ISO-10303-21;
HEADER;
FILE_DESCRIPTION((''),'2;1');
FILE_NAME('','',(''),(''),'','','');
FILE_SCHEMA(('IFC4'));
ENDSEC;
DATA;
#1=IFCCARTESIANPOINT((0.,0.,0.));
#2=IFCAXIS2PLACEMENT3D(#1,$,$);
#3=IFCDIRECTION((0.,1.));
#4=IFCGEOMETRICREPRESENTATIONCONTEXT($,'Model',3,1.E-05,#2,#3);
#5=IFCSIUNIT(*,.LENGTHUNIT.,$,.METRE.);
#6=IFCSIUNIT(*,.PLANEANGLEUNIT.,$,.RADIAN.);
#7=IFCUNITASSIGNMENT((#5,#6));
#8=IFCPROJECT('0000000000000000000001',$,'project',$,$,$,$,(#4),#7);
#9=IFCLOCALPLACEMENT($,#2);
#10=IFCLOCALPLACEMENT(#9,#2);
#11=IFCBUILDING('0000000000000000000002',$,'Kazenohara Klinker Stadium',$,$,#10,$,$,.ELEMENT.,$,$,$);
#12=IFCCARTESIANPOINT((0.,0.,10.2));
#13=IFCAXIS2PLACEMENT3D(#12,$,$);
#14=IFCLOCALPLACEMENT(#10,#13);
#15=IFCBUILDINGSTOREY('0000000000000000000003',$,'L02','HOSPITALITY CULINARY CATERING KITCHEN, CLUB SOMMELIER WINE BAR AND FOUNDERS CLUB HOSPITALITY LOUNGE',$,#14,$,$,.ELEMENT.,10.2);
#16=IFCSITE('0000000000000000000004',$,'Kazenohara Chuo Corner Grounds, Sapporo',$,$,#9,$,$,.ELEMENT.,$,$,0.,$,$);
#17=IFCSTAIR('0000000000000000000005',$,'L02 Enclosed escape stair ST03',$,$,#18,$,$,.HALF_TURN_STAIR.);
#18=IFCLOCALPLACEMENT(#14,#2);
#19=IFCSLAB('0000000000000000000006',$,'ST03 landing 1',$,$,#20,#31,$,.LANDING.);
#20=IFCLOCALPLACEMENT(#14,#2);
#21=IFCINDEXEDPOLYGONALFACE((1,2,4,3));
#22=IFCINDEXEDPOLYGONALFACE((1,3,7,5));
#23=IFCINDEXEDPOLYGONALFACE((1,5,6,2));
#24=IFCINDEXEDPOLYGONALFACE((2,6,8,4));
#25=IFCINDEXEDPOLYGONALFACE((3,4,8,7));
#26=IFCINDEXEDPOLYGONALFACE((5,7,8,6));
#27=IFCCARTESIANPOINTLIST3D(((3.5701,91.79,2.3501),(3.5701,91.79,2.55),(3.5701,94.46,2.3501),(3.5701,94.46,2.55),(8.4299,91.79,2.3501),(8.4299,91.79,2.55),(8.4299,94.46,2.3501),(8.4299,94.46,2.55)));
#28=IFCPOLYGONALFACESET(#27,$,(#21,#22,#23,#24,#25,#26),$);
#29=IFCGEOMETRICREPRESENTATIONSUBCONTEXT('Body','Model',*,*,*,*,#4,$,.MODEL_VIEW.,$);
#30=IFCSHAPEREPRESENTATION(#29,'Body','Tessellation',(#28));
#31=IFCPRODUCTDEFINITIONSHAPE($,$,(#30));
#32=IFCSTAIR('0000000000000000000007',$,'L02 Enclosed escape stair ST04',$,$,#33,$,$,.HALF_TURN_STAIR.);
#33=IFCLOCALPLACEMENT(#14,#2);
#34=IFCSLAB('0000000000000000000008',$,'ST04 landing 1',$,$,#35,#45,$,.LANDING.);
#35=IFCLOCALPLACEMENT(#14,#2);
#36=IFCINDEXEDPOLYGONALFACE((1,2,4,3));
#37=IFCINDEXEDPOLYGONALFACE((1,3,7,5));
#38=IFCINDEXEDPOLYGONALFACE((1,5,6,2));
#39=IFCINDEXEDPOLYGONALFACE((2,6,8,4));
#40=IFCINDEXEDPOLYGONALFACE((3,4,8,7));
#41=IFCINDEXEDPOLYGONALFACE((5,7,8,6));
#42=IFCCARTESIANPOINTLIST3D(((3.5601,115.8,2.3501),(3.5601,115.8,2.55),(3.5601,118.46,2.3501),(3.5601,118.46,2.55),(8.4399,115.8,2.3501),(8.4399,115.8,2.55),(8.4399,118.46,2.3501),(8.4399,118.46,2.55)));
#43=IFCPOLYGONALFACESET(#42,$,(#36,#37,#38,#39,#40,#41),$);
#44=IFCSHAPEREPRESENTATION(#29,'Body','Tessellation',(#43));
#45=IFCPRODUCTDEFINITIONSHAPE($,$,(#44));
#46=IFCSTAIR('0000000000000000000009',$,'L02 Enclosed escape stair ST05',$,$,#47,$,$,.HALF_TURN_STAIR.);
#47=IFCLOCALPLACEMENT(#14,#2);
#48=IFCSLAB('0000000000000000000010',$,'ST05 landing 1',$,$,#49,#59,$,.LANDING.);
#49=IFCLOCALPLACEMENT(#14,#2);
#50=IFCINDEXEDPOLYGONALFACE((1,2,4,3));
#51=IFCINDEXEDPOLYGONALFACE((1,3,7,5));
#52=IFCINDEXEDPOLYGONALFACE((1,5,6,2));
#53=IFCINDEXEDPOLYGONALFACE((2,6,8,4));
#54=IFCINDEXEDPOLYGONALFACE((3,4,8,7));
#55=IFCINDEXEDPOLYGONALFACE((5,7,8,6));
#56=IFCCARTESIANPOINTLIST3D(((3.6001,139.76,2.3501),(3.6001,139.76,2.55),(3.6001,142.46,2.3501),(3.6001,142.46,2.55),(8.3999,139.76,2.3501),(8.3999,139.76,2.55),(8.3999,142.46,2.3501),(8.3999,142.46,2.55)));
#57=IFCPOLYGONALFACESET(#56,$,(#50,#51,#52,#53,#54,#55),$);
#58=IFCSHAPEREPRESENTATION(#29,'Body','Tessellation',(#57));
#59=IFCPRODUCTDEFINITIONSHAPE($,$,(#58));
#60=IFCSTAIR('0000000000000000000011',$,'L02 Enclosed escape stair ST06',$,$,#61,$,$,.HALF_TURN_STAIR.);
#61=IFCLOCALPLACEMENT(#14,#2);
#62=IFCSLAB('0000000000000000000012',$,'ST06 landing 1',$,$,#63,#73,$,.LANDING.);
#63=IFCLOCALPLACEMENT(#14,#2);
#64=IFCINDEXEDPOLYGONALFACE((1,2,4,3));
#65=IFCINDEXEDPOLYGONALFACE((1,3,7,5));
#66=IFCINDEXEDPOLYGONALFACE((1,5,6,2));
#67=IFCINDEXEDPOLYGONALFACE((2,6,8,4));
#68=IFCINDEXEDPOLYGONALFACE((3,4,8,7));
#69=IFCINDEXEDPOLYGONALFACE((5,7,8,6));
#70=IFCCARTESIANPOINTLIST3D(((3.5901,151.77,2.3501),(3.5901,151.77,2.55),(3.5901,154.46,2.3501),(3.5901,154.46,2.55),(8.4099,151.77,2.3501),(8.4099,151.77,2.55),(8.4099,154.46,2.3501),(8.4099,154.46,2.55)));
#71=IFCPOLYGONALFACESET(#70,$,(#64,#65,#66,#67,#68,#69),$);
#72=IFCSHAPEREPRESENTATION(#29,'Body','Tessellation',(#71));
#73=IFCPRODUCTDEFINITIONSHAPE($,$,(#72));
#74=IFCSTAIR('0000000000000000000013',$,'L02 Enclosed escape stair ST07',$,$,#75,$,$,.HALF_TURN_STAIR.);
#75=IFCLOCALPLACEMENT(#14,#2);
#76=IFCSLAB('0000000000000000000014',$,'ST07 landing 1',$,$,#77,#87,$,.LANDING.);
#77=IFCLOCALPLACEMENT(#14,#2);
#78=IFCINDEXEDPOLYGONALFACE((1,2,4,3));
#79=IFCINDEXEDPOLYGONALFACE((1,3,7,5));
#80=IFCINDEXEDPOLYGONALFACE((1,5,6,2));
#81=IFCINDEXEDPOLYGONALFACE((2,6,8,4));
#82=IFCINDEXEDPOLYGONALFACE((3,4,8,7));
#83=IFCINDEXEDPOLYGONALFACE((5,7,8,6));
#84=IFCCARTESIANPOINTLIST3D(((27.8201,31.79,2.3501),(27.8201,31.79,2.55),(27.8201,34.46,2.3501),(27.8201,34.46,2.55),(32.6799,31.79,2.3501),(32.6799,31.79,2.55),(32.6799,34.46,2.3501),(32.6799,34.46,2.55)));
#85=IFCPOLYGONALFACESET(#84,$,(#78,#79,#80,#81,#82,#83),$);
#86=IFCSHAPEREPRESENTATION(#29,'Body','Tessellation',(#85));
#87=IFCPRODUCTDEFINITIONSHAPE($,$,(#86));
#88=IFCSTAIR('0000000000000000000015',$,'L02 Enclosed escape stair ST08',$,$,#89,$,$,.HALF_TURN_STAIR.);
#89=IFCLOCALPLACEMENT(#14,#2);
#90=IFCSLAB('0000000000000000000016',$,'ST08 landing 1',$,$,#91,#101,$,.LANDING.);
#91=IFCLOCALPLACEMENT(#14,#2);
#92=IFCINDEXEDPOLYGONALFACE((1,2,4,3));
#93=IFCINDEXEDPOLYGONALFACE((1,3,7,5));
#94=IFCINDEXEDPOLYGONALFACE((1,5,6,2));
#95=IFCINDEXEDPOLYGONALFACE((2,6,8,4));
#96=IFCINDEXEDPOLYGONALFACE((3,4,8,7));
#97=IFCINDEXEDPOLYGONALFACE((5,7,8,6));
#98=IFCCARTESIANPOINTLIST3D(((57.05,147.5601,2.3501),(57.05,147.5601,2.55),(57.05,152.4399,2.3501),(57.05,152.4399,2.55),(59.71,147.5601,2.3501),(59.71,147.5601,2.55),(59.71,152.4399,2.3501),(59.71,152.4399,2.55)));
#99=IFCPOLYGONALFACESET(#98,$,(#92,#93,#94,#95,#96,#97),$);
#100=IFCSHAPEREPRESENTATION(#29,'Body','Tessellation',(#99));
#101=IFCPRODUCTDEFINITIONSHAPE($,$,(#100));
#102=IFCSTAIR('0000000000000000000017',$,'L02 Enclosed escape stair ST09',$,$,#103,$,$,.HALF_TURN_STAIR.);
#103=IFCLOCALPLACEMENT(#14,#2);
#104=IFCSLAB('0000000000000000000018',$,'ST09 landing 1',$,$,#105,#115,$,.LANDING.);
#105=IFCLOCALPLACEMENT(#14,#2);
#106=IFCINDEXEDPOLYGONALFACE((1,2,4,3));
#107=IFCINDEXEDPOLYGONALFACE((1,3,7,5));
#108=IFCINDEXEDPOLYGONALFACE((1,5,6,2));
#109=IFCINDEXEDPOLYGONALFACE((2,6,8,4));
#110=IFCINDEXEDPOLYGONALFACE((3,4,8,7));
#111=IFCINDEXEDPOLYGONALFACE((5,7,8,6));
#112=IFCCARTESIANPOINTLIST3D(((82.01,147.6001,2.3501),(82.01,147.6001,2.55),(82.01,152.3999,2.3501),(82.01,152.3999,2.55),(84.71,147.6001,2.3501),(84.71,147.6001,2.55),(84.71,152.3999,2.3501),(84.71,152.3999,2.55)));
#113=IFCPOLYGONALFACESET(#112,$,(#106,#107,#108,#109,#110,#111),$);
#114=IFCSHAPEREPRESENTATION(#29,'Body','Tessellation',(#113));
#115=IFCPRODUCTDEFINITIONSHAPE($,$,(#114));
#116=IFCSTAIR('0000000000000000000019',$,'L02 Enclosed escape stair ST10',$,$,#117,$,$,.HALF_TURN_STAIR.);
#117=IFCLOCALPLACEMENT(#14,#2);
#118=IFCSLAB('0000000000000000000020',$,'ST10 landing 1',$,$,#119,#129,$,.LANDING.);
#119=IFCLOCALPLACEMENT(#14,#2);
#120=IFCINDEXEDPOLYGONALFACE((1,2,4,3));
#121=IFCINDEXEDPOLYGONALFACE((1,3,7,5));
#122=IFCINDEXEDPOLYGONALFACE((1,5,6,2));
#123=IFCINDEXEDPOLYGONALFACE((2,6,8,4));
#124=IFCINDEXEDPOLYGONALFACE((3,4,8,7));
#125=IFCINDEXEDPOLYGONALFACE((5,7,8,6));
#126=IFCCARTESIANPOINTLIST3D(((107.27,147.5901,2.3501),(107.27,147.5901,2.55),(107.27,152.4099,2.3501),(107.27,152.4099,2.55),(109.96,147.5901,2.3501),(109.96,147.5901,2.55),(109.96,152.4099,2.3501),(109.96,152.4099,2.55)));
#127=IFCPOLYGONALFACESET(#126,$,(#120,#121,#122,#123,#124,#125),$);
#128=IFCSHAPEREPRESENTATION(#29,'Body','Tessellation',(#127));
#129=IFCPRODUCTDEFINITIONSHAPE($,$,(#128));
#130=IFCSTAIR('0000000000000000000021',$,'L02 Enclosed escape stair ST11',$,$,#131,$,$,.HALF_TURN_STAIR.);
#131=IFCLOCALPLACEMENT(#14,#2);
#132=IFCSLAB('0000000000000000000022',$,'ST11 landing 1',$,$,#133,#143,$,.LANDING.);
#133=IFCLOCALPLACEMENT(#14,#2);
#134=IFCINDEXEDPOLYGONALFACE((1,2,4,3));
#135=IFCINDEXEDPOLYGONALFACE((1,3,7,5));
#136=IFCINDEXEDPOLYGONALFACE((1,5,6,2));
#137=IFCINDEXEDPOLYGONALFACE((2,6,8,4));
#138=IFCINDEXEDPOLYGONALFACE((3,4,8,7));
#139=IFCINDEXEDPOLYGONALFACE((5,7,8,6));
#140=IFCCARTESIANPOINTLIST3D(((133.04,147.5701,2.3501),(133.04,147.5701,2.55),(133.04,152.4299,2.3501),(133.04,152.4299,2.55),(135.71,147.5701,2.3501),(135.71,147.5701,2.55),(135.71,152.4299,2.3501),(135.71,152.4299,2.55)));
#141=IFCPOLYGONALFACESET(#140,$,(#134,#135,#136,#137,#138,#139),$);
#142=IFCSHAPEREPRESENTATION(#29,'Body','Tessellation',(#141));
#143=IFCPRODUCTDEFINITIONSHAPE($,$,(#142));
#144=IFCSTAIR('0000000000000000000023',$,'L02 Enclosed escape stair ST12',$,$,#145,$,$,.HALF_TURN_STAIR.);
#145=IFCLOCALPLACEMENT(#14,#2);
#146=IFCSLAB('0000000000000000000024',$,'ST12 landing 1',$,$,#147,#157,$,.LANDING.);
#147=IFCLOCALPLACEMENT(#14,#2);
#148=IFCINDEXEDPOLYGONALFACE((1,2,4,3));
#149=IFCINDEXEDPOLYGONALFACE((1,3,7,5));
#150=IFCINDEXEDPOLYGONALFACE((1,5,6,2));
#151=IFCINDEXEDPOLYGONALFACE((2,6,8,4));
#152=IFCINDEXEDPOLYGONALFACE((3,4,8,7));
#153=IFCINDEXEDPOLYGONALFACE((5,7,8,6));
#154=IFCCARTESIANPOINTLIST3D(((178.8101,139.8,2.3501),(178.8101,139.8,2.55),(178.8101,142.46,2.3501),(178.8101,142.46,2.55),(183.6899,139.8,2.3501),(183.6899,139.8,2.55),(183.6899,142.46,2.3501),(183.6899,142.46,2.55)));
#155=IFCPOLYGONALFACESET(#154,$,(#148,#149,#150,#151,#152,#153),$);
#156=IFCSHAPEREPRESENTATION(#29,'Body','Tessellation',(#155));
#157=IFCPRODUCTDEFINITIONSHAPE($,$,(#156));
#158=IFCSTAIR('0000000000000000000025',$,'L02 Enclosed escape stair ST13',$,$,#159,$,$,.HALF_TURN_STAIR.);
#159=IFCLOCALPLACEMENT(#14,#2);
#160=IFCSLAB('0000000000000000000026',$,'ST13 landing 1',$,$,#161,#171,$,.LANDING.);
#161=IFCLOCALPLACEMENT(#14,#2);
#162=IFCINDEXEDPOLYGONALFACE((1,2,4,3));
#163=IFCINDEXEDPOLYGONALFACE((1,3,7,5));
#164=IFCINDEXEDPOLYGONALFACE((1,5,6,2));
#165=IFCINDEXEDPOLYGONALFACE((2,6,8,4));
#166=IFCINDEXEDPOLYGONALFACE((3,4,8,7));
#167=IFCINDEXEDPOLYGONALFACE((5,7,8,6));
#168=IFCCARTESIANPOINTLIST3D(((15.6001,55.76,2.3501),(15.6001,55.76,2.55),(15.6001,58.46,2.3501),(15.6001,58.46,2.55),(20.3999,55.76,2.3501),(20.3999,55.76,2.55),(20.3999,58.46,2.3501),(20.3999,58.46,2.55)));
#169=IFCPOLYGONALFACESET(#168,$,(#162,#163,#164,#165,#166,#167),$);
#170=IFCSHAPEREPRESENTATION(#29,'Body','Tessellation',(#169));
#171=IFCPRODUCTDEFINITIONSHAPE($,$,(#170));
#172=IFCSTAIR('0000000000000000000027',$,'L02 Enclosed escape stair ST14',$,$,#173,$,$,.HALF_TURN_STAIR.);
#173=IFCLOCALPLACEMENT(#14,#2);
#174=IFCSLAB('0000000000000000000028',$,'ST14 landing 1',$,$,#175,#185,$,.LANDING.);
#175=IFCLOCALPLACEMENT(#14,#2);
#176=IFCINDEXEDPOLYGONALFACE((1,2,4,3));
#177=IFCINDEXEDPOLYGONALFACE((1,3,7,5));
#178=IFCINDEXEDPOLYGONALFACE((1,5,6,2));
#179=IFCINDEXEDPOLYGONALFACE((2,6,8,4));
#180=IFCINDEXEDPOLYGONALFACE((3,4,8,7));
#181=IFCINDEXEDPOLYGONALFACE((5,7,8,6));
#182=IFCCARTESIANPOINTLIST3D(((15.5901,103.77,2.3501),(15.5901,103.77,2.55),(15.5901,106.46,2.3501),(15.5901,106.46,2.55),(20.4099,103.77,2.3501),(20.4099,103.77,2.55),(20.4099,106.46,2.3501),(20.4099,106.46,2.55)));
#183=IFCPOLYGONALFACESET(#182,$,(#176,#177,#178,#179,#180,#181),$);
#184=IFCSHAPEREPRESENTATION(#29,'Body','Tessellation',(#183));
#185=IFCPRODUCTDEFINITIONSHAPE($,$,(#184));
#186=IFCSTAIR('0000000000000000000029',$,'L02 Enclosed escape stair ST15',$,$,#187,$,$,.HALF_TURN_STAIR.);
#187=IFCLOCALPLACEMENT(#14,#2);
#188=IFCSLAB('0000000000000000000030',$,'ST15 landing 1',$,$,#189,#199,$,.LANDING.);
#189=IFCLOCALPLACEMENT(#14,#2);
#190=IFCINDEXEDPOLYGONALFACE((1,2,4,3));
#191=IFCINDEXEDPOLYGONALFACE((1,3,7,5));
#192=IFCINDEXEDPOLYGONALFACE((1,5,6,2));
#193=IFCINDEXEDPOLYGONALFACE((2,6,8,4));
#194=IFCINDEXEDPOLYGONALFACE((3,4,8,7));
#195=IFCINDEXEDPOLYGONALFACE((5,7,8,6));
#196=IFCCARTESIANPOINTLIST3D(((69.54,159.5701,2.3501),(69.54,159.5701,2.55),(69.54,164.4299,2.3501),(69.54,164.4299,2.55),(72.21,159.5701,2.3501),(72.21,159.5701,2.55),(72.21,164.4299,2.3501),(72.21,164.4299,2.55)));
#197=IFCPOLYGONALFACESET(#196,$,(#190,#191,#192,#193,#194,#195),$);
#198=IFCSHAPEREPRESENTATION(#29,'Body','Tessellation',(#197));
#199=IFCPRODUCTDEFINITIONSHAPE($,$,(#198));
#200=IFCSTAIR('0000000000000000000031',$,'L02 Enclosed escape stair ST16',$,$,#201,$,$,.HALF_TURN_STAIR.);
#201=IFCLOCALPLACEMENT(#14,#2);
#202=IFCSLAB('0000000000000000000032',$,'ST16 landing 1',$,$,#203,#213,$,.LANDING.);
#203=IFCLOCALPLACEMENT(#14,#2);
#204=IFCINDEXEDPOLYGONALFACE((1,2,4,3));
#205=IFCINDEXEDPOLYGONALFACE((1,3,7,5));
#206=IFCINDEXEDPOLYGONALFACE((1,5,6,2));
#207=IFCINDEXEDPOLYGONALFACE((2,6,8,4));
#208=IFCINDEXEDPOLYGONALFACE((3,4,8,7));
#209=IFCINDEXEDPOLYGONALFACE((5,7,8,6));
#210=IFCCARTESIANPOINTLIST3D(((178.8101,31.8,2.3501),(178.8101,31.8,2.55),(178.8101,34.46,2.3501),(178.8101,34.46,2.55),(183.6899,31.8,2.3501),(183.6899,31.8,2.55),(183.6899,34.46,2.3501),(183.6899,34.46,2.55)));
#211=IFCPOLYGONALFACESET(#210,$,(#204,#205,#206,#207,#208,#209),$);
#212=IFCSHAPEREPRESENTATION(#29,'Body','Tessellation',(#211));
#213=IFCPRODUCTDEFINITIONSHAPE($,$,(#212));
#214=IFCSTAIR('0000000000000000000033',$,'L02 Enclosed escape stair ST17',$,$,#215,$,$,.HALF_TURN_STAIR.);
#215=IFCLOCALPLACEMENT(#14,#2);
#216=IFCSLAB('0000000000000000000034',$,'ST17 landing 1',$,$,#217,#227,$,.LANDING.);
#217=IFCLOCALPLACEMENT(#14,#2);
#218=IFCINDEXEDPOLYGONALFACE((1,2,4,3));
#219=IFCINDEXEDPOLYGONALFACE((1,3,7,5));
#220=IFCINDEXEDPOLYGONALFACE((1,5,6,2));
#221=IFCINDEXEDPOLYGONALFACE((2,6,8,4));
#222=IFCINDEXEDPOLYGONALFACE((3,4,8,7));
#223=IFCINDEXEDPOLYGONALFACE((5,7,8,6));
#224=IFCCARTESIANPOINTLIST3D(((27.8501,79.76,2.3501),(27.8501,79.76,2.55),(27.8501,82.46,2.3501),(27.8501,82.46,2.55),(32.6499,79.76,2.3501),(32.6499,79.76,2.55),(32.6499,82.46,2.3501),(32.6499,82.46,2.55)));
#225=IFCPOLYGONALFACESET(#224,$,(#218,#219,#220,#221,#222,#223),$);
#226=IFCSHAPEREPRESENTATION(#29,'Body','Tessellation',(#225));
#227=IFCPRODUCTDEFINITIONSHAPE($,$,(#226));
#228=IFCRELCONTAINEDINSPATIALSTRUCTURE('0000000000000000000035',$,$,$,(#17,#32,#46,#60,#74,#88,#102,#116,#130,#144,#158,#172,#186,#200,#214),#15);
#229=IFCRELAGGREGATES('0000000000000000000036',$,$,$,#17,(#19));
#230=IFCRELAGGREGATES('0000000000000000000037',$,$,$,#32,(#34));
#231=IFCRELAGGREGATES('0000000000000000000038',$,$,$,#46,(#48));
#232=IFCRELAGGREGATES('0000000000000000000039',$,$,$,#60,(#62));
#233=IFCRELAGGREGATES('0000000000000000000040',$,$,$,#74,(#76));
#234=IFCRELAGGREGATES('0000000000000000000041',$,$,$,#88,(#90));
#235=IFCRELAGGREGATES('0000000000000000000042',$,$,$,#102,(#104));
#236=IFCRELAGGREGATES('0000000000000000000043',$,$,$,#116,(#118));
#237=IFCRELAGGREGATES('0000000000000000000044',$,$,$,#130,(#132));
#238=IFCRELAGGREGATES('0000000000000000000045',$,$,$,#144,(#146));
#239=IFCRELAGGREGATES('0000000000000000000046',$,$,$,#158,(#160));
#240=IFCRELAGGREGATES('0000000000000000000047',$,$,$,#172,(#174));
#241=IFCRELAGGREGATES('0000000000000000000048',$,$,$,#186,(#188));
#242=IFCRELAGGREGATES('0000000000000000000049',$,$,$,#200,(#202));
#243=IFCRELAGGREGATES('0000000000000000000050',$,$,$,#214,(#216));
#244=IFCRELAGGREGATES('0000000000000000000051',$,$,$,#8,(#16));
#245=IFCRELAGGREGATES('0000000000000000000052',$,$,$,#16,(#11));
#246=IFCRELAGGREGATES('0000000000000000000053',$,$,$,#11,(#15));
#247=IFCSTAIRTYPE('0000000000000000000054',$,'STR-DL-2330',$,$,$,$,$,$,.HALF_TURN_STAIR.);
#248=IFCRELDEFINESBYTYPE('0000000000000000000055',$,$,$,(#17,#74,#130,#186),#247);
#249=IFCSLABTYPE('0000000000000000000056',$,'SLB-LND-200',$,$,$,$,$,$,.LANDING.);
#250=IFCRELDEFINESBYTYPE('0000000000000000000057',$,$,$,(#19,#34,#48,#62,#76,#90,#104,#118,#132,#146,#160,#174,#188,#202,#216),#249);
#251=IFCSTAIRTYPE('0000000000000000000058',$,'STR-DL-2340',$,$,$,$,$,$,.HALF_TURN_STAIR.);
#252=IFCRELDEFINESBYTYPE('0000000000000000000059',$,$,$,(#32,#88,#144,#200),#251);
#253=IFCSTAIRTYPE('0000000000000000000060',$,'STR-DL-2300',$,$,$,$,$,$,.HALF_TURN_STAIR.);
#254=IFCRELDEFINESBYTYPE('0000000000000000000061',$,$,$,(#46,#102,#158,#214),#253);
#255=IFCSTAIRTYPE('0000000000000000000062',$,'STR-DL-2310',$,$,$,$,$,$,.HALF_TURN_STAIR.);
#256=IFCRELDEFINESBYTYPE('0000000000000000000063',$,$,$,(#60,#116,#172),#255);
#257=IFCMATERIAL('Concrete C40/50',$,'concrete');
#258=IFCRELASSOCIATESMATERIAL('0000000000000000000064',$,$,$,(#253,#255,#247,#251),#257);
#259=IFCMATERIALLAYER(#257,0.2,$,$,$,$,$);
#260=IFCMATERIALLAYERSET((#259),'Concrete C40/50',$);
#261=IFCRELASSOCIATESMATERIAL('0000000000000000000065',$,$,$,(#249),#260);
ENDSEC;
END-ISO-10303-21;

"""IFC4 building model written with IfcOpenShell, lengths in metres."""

from ifc_helpers import new_model, si_unit, direction, frame, origin, place, context, subcontext, project, spatial, polyline, outline, extrude, material, layer, layer_set, type_object, element, aggregate, save


model = new_model("IFC4")

# Units and contexts
model_context = context("Model", 3, precision=1e-05, world=origin(), true_north=direction((0.0, 1.0)))
body_context = subcontext(model_context, "Body", "Model", "MODEL_VIEW")
ifc_project = project(units=[si_unit("LENGTHUNIT", "METRE"), si_unit("PLANEANGLEUNIT", "RADIAN")], contexts=[model_context])

# Site, building, storey
site_placement = place(None, origin())
site = spatial("IfcSite", under=ifc_project, at=site_placement, Name="Kazenohara Chuo Corner Grounds, Sapporo", CompositionType="ELEMENT", RefElevation=0.0)
building_placement = place(site_placement, origin())
building = spatial("IfcBuilding", under=site, at=building_placement, Name="Kazenohara Klinker Stadium", CompositionType="ELEMENT")
storey_placement = place(building_placement, frame((0.0, 0.0, 10.2)))
storey = spatial("IfcBuildingStorey", under=building, at=storey_placement, Name="L02", Description="HOSPITALITY CULINARY CATERING KITCHEN, CLUB SOMMELIER WINE BAR AND FOUNDERS CLUB HOSPITALITY LOUNGE", CompositionType="ELEMENT", Elevation=10.2)

# Shared definitions
ifc_material = material(Name="Concrete C40/50", Category="concrete")

# Stairs, slabs
stair_type_1 = type_object("IfcStairType", Name="STR-DL-2300", PredefinedType="HALF_TURN_STAIR", material=ifc_material)
ifc_layer_1 = layer(ifc_material, 0.2)
ifc_layer_set_1 = layer_set([ifc_layer_1], Name="Concrete C40/50")
slab_type_1 = type_object("IfcSlabType", Name="SLB-LND-200", PredefinedType="LANDING", material=ifc_layer_set_1)
stair_type_2 = type_object("IfcStairType", Name="STR-DL-2310", PredefinedType="HALF_TURN_STAIR", material=ifc_material)
stair_type_3 = type_object("IfcStairType", Name="STR-DL-2330", PredefinedType="HALF_TURN_STAIR", material=ifc_material)
stair_1_placement = place(storey_placement, origin())
stair_1 = element("IfcStair", 1, at=stair_1_placement, inside=storey, type_object=stair_type_3, Name="L02 Enclosed escape stair ST03", PredefinedType="HALF_TURN_STAIR")
slab_1_placement = place(storey_placement, frame((0.0, 0.0, 2.3501)))
slab_1 = element("IfcSlab", 2, at=slab_1_placement, type_object=slab_type_1, Name="ST03 landing 1", PredefinedType="LANDING", context=body_context, shape_type="SweptSolid", body=[
    extrude(outline(polyline([(8.4299, 91.79), (8.4299, 94.46), (3.5701, 94.46), (3.5701, 91.79), (8.4299, 91.79)])), origin(), (0.0, 0.0, 1.0), 0.2),
])
aggregate(stair_1, [slab_1])
stair_type_4 = type_object("IfcStairType", Name="STR-DL-2340", PredefinedType="HALF_TURN_STAIR", material=ifc_material)
stair_2_placement = place(storey_placement, origin())
stair_2 = element("IfcStair", 3, at=stair_2_placement, inside=storey, type_object=stair_type_4, Name="L02 Enclosed escape stair ST04", PredefinedType="HALF_TURN_STAIR")
slab_2_placement = place(storey_placement, frame((0.0, 0.0, 2.3501)))
slab_2 = element("IfcSlab", 4, at=slab_2_placement, type_object=slab_type_1, Name="ST04 landing 1", PredefinedType="LANDING", context=body_context, shape_type="SweptSolid", body=[
    extrude(outline(polyline([(8.4399, 115.8), (8.4399, 118.46), (3.5601, 118.46), (3.5601, 115.8), (8.4399, 115.8)])), origin(), (0.0, 0.0, 1.0), 0.2),
])
aggregate(stair_2, [slab_2])
stair_3_placement = place(storey_placement, origin())
stair_3 = element("IfcStair", 5, at=stair_3_placement, inside=storey, type_object=stair_type_1, Name="L02 Enclosed escape stair ST05", PredefinedType="HALF_TURN_STAIR")
slab_3_placement = place(storey_placement, frame((0.0, 0.0, 2.3501)))
slab_3 = element("IfcSlab", 6, at=slab_3_placement, type_object=slab_type_1, Name="ST05 landing 1", PredefinedType="LANDING", context=body_context, shape_type="SweptSolid", body=[
    extrude(outline(polyline([(8.3999, 139.76), (8.3999, 142.46), (3.6001, 142.46), (3.6001, 139.76), (8.3999, 139.76)])), origin(), (0.0, 0.0, 1.0), 0.2),
])
aggregate(stair_3, [slab_3])
stair_4_placement = place(storey_placement, origin())
stair_4 = element("IfcStair", 7, at=stair_4_placement, inside=storey, type_object=stair_type_2, Name="L02 Enclosed escape stair ST06", PredefinedType="HALF_TURN_STAIR")
slab_4_placement = place(storey_placement, frame((0.0, 0.0, 2.3501)))
slab_4 = element("IfcSlab", 8, at=slab_4_placement, type_object=slab_type_1, Name="ST06 landing 1", PredefinedType="LANDING", context=body_context, shape_type="SweptSolid", body=[
    extrude(outline(polyline([(8.4099, 151.77), (8.4099, 154.46), (3.5901, 154.46), (3.5901, 151.77), (8.4099, 151.77)])), origin(), (0.0, 0.0, 1.0), 0.2),
])
aggregate(stair_4, [slab_4])
stair_5_placement = place(storey_placement, origin())
stair_5 = element("IfcStair", 9, at=stair_5_placement, inside=storey, type_object=stair_type_3, Name="L02 Enclosed escape stair ST07", PredefinedType="HALF_TURN_STAIR")
slab_5_placement = place(storey_placement, frame((0.0, 0.0, 2.3501)))
slab_5 = element("IfcSlab", 10, at=slab_5_placement, type_object=slab_type_1, Name="ST07 landing 1", PredefinedType="LANDING", context=body_context, shape_type="SweptSolid", body=[
    extrude(outline(polyline([(32.6799, 31.79), (32.6799, 34.46), (27.8201, 34.46), (27.8201, 31.79), (32.6799, 31.79)])), origin(), (0.0, 0.0, 1.0), 0.2),
])
aggregate(stair_5, [slab_5])
stair_6_placement = place(storey_placement, origin())
stair_6 = element("IfcStair", 11, at=stair_6_placement, inside=storey, type_object=stair_type_4, Name="L02 Enclosed escape stair ST08", PredefinedType="HALF_TURN_STAIR")
slab_6_placement = place(storey_placement, frame((0.0, 0.0, 2.3501)))
slab_6 = element("IfcSlab", 12, at=slab_6_placement, type_object=slab_type_1, Name="ST08 landing 1", PredefinedType="LANDING", context=body_context, shape_type="SweptSolid", body=[
    extrude(outline(polyline([(57.05, 147.5601), (59.71, 147.5601), (59.71, 152.4399), (57.05, 152.4399), (57.05, 147.5601)])), origin(), (0.0, 0.0, 1.0), 0.2),
])
aggregate(stair_6, [slab_6])
stair_7_placement = place(storey_placement, origin())
stair_7 = element("IfcStair", 13, at=stair_7_placement, inside=storey, type_object=stair_type_1, Name="L02 Enclosed escape stair ST09", PredefinedType="HALF_TURN_STAIR")
slab_7_placement = place(storey_placement, frame((0.0, 0.0, 2.3501)))
slab_7 = element("IfcSlab", 14, at=slab_7_placement, type_object=slab_type_1, Name="ST09 landing 1", PredefinedType="LANDING", context=body_context, shape_type="SweptSolid", body=[
    extrude(outline(polyline([(82.01, 147.6001), (84.71, 147.6001), (84.71, 152.3999), (82.01, 152.3999), (82.01, 147.6001)])), origin(), (0.0, 0.0, 1.0), 0.2),
])
aggregate(stair_7, [slab_7])
stair_8_placement = place(storey_placement, origin())
stair_8 = element("IfcStair", 15, at=stair_8_placement, inside=storey, type_object=stair_type_2, Name="L02 Enclosed escape stair ST10", PredefinedType="HALF_TURN_STAIR")
slab_8_placement = place(storey_placement, frame((0.0, 0.0, 2.3501)))
slab_8 = element("IfcSlab", 16, at=slab_8_placement, type_object=slab_type_1, Name="ST10 landing 1", PredefinedType="LANDING", context=body_context, shape_type="SweptSolid", body=[
    extrude(outline(polyline([(107.27, 147.5901), (109.96, 147.5901), (109.96, 152.4099), (107.27, 152.4099), (107.27, 147.5901)])), origin(), (0.0, 0.0, 1.0), 0.2),
])
aggregate(stair_8, [slab_8])
stair_9_placement = place(storey_placement, origin())
stair_9 = element("IfcStair", 17, at=stair_9_placement, inside=storey, type_object=stair_type_3, Name="L02 Enclosed escape stair ST11", PredefinedType="HALF_TURN_STAIR")
slab_9_placement = place(storey_placement, frame((0.0, 0.0, 2.3501)))
slab_9 = element("IfcSlab", 18, at=slab_9_placement, type_object=slab_type_1, Name="ST11 landing 1", PredefinedType="LANDING", context=body_context, shape_type="SweptSolid", body=[
    extrude(outline(polyline([(133.04, 147.5701), (135.71, 147.5701), (135.71, 152.4299), (133.04, 152.4299), (133.04, 147.5701)])), origin(), (0.0, 0.0, 1.0), 0.2),
])
aggregate(stair_9, [slab_9])
stair_10_placement = place(storey_placement, origin())
stair_10 = element("IfcStair", 19, at=stair_10_placement, inside=storey, type_object=stair_type_4, Name="L02 Enclosed escape stair ST12", PredefinedType="HALF_TURN_STAIR")
slab_10_placement = place(storey_placement, frame((0.0, 0.0, 2.3501)))
slab_10 = element("IfcSlab", 20, at=slab_10_placement, type_object=slab_type_1, Name="ST12 landing 1", PredefinedType="LANDING", context=body_context, shape_type="SweptSolid", body=[
    extrude(outline(polyline([(183.6899, 139.8), (183.6899, 142.46), (178.8101, 142.46), (178.8101, 139.8), (183.6899, 139.8)])), origin(), (0.0, 0.0, 1.0), 0.2),
])
aggregate(stair_10, [slab_10])
stair_11_placement = place(storey_placement, origin())
stair_11 = element("IfcStair", 21, at=stair_11_placement, inside=storey, type_object=stair_type_1, Name="L02 Enclosed escape stair ST13", PredefinedType="HALF_TURN_STAIR")
slab_11_placement = place(storey_placement, frame((0.0, 0.0, 2.3501)))
slab_11 = element("IfcSlab", 22, at=slab_11_placement, type_object=slab_type_1, Name="ST13 landing 1", PredefinedType="LANDING", context=body_context, shape_type="SweptSolid", body=[
    extrude(outline(polyline([(20.3999, 55.76), (20.3999, 58.46), (15.6001, 58.46), (15.6001, 55.76), (20.3999, 55.76)])), origin(), (0.0, 0.0, 1.0), 0.2),
])
aggregate(stair_11, [slab_11])
stair_12_placement = place(storey_placement, origin())
stair_12 = element("IfcStair", 23, at=stair_12_placement, inside=storey, type_object=stair_type_2, Name="L02 Enclosed escape stair ST14", PredefinedType="HALF_TURN_STAIR")
slab_12_placement = place(storey_placement, frame((0.0, 0.0, 2.3501)))
slab_12 = element("IfcSlab", 24, at=slab_12_placement, type_object=slab_type_1, Name="ST14 landing 1", PredefinedType="LANDING", context=body_context, shape_type="SweptSolid", body=[
    extrude(outline(polyline([(20.4099, 103.77), (20.4099, 106.46), (15.5901, 106.46), (15.5901, 103.77), (20.4099, 103.77)])), origin(), (0.0, 0.0, 1.0), 0.2),
])
aggregate(stair_12, [slab_12])
stair_13_placement = place(storey_placement, origin())
stair_13 = element("IfcStair", 25, at=stair_13_placement, inside=storey, type_object=stair_type_3, Name="L02 Enclosed escape stair ST15", PredefinedType="HALF_TURN_STAIR")
slab_13_placement = place(storey_placement, frame((0.0, 0.0, 2.3501)))
slab_13 = element("IfcSlab", 26, at=slab_13_placement, type_object=slab_type_1, Name="ST15 landing 1", PredefinedType="LANDING", context=body_context, shape_type="SweptSolid", body=[
    extrude(outline(polyline([(69.54, 159.5701), (72.21, 159.5701), (72.21, 164.4299), (69.54, 164.4299), (69.54, 159.5701)])), origin(), (0.0, 0.0, 1.0), 0.2),
])
aggregate(stair_13, [slab_13])
stair_14_placement = place(storey_placement, origin())
stair_14 = element("IfcStair", 27, at=stair_14_placement, inside=storey, type_object=stair_type_4, Name="L02 Enclosed escape stair ST16", PredefinedType="HALF_TURN_STAIR")
slab_14_placement = place(storey_placement, frame((0.0, 0.0, 2.3501)))
slab_14 = element("IfcSlab", 28, at=slab_14_placement, type_object=slab_type_1, Name="ST16 landing 1", PredefinedType="LANDING", context=body_context, shape_type="SweptSolid", body=[
    extrude(outline(polyline([(183.6899, 31.8), (183.6899, 34.46), (178.8101, 34.46), (178.8101, 31.8), (183.6899, 31.8)])), origin(), (0.0, 0.0, 1.0), 0.2),
])
aggregate(stair_14, [slab_14])
stair_15_placement = place(storey_placement, origin())
stair_15 = element("IfcStair", 29, at=stair_15_placement, inside=storey, type_object=stair_type_1, Name="L02 Enclosed escape stair ST17", PredefinedType="HALF_TURN_STAIR")
slab_15_placement = place(storey_placement, frame((0.0, 0.0, 2.3501)))
slab_15 = element("IfcSlab", 30, at=slab_15_placement, type_object=slab_type_1, Name="ST17 landing 1", PredefinedType="LANDING", context=body_context, shape_type="SweptSolid", body=[
    extrude(outline(polyline([(32.6499, 79.76), (32.6499, 82.46), (27.8501, 82.46), (27.8501, 79.76), (32.6499, 79.76)])), origin(), (0.0, 0.0, 1.0), 0.2),
])
aggregate(stair_15, [slab_15])

save(model, "model.ifc")
